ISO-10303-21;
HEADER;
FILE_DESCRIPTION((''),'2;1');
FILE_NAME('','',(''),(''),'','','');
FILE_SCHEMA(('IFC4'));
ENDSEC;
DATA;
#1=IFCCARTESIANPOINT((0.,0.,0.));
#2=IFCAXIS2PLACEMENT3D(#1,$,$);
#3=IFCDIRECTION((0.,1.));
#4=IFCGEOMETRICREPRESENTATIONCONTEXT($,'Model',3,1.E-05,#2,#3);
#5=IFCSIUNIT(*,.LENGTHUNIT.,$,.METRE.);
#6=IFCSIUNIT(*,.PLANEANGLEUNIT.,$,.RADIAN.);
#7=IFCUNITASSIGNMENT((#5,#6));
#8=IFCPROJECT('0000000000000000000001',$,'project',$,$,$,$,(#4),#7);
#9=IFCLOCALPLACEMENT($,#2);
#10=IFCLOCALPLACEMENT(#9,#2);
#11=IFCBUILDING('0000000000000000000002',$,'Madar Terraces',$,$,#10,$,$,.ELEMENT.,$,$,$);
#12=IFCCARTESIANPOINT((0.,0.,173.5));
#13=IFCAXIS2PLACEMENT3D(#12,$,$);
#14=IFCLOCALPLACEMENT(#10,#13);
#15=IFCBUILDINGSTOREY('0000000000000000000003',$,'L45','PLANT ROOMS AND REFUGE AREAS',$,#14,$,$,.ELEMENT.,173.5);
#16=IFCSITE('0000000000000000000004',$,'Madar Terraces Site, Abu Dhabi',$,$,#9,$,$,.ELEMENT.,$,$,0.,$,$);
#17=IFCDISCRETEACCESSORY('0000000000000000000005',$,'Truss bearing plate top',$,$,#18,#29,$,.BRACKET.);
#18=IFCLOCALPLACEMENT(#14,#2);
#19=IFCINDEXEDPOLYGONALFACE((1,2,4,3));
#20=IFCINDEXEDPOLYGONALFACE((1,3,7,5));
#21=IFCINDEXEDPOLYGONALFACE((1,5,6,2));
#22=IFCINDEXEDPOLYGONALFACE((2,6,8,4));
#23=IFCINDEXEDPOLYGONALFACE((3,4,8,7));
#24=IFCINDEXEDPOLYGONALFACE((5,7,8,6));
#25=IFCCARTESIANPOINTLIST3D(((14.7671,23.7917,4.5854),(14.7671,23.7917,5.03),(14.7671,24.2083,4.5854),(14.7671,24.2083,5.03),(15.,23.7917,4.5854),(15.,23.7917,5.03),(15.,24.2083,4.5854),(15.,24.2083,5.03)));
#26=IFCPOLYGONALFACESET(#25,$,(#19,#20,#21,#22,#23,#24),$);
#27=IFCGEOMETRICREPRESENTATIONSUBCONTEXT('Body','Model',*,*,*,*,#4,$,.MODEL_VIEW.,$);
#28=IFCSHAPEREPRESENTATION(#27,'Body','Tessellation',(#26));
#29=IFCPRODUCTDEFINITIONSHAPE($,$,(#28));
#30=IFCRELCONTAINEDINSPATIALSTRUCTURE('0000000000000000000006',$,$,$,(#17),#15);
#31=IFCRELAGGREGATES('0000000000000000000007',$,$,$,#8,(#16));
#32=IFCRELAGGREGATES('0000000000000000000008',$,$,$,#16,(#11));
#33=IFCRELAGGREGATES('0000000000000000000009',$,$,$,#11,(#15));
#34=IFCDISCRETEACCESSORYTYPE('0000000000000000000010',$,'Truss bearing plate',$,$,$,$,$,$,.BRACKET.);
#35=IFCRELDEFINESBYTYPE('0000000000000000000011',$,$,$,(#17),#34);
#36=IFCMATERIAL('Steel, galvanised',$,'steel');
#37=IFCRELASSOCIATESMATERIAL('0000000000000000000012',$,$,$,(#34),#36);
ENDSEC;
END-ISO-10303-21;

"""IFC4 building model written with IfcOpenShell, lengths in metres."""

from ifc_helpers import new_model, si_unit, direction, frame, origin, origin_2d, place, context, subcontext, project, spatial, rectangle, extrude, material, type_object, element, save


model = new_model("IFC4")

# Units and contexts
model_context = context("Model", 3, precision=1e-05, world=origin(), true_north=direction((0.0, 1.0)))
body_context = subcontext(model_context, "Body", "Model", "MODEL_VIEW")
ifc_project = project(units=[si_unit("LENGTHUNIT", "METRE"), si_unit("PLANEANGLEUNIT", "RADIAN")], contexts=[model_context])

# Site, building, storey
site_placement = place(None, origin())
site = spatial("IfcSite", under=ifc_project, at=site_placement, Name="Madar Terraces Site, Abu Dhabi", CompositionType="ELEMENT", RefElevation=0.0)
building_placement = place(site_placement, origin())
building = spatial("IfcBuilding", under=site, at=building_placement, Name="Madar Terraces", CompositionType="ELEMENT")
storey_placement = place(building_placement, frame((0.0, 0.0, 173.5)))
storey = spatial("IfcBuildingStorey", under=building, at=storey_placement, Name="L45", Description="PLANT ROOMS AND REFUGE AREAS", CompositionType="ELEMENT", Elevation=173.5)

# Discrete accessory
ifc_material_1 = material(Name="Steel, galvanised", Category="steel")
discrete_accessory_type = type_object("IfcDiscreteAccessoryType", Name="Truss bearing plate", PredefinedType="BRACKET", material=ifc_material_1)
discrete_accessory_1_placement = place(storey_placement, frame((14.8835, 24.0, 4.5854), z_axis=(0.0, 0.0, 1.0), x_axis=(1.0, 0.0, 0.0)))
element("IfcDiscreteAccessory", 1, at=discrete_accessory_1_placement, inside=storey, type_object=discrete_accessory_type, Name="Truss bearing plate top", PredefinedType="BRACKET", context=body_context, shape_type="SweptSolid", body=[
    extrude(rectangle(XDim=0.2329, YDim=0.4165, at=origin_2d()), origin(), (0.0, 0.0, 1.0), 0.4446),
])

save(model, "model.ifc")
